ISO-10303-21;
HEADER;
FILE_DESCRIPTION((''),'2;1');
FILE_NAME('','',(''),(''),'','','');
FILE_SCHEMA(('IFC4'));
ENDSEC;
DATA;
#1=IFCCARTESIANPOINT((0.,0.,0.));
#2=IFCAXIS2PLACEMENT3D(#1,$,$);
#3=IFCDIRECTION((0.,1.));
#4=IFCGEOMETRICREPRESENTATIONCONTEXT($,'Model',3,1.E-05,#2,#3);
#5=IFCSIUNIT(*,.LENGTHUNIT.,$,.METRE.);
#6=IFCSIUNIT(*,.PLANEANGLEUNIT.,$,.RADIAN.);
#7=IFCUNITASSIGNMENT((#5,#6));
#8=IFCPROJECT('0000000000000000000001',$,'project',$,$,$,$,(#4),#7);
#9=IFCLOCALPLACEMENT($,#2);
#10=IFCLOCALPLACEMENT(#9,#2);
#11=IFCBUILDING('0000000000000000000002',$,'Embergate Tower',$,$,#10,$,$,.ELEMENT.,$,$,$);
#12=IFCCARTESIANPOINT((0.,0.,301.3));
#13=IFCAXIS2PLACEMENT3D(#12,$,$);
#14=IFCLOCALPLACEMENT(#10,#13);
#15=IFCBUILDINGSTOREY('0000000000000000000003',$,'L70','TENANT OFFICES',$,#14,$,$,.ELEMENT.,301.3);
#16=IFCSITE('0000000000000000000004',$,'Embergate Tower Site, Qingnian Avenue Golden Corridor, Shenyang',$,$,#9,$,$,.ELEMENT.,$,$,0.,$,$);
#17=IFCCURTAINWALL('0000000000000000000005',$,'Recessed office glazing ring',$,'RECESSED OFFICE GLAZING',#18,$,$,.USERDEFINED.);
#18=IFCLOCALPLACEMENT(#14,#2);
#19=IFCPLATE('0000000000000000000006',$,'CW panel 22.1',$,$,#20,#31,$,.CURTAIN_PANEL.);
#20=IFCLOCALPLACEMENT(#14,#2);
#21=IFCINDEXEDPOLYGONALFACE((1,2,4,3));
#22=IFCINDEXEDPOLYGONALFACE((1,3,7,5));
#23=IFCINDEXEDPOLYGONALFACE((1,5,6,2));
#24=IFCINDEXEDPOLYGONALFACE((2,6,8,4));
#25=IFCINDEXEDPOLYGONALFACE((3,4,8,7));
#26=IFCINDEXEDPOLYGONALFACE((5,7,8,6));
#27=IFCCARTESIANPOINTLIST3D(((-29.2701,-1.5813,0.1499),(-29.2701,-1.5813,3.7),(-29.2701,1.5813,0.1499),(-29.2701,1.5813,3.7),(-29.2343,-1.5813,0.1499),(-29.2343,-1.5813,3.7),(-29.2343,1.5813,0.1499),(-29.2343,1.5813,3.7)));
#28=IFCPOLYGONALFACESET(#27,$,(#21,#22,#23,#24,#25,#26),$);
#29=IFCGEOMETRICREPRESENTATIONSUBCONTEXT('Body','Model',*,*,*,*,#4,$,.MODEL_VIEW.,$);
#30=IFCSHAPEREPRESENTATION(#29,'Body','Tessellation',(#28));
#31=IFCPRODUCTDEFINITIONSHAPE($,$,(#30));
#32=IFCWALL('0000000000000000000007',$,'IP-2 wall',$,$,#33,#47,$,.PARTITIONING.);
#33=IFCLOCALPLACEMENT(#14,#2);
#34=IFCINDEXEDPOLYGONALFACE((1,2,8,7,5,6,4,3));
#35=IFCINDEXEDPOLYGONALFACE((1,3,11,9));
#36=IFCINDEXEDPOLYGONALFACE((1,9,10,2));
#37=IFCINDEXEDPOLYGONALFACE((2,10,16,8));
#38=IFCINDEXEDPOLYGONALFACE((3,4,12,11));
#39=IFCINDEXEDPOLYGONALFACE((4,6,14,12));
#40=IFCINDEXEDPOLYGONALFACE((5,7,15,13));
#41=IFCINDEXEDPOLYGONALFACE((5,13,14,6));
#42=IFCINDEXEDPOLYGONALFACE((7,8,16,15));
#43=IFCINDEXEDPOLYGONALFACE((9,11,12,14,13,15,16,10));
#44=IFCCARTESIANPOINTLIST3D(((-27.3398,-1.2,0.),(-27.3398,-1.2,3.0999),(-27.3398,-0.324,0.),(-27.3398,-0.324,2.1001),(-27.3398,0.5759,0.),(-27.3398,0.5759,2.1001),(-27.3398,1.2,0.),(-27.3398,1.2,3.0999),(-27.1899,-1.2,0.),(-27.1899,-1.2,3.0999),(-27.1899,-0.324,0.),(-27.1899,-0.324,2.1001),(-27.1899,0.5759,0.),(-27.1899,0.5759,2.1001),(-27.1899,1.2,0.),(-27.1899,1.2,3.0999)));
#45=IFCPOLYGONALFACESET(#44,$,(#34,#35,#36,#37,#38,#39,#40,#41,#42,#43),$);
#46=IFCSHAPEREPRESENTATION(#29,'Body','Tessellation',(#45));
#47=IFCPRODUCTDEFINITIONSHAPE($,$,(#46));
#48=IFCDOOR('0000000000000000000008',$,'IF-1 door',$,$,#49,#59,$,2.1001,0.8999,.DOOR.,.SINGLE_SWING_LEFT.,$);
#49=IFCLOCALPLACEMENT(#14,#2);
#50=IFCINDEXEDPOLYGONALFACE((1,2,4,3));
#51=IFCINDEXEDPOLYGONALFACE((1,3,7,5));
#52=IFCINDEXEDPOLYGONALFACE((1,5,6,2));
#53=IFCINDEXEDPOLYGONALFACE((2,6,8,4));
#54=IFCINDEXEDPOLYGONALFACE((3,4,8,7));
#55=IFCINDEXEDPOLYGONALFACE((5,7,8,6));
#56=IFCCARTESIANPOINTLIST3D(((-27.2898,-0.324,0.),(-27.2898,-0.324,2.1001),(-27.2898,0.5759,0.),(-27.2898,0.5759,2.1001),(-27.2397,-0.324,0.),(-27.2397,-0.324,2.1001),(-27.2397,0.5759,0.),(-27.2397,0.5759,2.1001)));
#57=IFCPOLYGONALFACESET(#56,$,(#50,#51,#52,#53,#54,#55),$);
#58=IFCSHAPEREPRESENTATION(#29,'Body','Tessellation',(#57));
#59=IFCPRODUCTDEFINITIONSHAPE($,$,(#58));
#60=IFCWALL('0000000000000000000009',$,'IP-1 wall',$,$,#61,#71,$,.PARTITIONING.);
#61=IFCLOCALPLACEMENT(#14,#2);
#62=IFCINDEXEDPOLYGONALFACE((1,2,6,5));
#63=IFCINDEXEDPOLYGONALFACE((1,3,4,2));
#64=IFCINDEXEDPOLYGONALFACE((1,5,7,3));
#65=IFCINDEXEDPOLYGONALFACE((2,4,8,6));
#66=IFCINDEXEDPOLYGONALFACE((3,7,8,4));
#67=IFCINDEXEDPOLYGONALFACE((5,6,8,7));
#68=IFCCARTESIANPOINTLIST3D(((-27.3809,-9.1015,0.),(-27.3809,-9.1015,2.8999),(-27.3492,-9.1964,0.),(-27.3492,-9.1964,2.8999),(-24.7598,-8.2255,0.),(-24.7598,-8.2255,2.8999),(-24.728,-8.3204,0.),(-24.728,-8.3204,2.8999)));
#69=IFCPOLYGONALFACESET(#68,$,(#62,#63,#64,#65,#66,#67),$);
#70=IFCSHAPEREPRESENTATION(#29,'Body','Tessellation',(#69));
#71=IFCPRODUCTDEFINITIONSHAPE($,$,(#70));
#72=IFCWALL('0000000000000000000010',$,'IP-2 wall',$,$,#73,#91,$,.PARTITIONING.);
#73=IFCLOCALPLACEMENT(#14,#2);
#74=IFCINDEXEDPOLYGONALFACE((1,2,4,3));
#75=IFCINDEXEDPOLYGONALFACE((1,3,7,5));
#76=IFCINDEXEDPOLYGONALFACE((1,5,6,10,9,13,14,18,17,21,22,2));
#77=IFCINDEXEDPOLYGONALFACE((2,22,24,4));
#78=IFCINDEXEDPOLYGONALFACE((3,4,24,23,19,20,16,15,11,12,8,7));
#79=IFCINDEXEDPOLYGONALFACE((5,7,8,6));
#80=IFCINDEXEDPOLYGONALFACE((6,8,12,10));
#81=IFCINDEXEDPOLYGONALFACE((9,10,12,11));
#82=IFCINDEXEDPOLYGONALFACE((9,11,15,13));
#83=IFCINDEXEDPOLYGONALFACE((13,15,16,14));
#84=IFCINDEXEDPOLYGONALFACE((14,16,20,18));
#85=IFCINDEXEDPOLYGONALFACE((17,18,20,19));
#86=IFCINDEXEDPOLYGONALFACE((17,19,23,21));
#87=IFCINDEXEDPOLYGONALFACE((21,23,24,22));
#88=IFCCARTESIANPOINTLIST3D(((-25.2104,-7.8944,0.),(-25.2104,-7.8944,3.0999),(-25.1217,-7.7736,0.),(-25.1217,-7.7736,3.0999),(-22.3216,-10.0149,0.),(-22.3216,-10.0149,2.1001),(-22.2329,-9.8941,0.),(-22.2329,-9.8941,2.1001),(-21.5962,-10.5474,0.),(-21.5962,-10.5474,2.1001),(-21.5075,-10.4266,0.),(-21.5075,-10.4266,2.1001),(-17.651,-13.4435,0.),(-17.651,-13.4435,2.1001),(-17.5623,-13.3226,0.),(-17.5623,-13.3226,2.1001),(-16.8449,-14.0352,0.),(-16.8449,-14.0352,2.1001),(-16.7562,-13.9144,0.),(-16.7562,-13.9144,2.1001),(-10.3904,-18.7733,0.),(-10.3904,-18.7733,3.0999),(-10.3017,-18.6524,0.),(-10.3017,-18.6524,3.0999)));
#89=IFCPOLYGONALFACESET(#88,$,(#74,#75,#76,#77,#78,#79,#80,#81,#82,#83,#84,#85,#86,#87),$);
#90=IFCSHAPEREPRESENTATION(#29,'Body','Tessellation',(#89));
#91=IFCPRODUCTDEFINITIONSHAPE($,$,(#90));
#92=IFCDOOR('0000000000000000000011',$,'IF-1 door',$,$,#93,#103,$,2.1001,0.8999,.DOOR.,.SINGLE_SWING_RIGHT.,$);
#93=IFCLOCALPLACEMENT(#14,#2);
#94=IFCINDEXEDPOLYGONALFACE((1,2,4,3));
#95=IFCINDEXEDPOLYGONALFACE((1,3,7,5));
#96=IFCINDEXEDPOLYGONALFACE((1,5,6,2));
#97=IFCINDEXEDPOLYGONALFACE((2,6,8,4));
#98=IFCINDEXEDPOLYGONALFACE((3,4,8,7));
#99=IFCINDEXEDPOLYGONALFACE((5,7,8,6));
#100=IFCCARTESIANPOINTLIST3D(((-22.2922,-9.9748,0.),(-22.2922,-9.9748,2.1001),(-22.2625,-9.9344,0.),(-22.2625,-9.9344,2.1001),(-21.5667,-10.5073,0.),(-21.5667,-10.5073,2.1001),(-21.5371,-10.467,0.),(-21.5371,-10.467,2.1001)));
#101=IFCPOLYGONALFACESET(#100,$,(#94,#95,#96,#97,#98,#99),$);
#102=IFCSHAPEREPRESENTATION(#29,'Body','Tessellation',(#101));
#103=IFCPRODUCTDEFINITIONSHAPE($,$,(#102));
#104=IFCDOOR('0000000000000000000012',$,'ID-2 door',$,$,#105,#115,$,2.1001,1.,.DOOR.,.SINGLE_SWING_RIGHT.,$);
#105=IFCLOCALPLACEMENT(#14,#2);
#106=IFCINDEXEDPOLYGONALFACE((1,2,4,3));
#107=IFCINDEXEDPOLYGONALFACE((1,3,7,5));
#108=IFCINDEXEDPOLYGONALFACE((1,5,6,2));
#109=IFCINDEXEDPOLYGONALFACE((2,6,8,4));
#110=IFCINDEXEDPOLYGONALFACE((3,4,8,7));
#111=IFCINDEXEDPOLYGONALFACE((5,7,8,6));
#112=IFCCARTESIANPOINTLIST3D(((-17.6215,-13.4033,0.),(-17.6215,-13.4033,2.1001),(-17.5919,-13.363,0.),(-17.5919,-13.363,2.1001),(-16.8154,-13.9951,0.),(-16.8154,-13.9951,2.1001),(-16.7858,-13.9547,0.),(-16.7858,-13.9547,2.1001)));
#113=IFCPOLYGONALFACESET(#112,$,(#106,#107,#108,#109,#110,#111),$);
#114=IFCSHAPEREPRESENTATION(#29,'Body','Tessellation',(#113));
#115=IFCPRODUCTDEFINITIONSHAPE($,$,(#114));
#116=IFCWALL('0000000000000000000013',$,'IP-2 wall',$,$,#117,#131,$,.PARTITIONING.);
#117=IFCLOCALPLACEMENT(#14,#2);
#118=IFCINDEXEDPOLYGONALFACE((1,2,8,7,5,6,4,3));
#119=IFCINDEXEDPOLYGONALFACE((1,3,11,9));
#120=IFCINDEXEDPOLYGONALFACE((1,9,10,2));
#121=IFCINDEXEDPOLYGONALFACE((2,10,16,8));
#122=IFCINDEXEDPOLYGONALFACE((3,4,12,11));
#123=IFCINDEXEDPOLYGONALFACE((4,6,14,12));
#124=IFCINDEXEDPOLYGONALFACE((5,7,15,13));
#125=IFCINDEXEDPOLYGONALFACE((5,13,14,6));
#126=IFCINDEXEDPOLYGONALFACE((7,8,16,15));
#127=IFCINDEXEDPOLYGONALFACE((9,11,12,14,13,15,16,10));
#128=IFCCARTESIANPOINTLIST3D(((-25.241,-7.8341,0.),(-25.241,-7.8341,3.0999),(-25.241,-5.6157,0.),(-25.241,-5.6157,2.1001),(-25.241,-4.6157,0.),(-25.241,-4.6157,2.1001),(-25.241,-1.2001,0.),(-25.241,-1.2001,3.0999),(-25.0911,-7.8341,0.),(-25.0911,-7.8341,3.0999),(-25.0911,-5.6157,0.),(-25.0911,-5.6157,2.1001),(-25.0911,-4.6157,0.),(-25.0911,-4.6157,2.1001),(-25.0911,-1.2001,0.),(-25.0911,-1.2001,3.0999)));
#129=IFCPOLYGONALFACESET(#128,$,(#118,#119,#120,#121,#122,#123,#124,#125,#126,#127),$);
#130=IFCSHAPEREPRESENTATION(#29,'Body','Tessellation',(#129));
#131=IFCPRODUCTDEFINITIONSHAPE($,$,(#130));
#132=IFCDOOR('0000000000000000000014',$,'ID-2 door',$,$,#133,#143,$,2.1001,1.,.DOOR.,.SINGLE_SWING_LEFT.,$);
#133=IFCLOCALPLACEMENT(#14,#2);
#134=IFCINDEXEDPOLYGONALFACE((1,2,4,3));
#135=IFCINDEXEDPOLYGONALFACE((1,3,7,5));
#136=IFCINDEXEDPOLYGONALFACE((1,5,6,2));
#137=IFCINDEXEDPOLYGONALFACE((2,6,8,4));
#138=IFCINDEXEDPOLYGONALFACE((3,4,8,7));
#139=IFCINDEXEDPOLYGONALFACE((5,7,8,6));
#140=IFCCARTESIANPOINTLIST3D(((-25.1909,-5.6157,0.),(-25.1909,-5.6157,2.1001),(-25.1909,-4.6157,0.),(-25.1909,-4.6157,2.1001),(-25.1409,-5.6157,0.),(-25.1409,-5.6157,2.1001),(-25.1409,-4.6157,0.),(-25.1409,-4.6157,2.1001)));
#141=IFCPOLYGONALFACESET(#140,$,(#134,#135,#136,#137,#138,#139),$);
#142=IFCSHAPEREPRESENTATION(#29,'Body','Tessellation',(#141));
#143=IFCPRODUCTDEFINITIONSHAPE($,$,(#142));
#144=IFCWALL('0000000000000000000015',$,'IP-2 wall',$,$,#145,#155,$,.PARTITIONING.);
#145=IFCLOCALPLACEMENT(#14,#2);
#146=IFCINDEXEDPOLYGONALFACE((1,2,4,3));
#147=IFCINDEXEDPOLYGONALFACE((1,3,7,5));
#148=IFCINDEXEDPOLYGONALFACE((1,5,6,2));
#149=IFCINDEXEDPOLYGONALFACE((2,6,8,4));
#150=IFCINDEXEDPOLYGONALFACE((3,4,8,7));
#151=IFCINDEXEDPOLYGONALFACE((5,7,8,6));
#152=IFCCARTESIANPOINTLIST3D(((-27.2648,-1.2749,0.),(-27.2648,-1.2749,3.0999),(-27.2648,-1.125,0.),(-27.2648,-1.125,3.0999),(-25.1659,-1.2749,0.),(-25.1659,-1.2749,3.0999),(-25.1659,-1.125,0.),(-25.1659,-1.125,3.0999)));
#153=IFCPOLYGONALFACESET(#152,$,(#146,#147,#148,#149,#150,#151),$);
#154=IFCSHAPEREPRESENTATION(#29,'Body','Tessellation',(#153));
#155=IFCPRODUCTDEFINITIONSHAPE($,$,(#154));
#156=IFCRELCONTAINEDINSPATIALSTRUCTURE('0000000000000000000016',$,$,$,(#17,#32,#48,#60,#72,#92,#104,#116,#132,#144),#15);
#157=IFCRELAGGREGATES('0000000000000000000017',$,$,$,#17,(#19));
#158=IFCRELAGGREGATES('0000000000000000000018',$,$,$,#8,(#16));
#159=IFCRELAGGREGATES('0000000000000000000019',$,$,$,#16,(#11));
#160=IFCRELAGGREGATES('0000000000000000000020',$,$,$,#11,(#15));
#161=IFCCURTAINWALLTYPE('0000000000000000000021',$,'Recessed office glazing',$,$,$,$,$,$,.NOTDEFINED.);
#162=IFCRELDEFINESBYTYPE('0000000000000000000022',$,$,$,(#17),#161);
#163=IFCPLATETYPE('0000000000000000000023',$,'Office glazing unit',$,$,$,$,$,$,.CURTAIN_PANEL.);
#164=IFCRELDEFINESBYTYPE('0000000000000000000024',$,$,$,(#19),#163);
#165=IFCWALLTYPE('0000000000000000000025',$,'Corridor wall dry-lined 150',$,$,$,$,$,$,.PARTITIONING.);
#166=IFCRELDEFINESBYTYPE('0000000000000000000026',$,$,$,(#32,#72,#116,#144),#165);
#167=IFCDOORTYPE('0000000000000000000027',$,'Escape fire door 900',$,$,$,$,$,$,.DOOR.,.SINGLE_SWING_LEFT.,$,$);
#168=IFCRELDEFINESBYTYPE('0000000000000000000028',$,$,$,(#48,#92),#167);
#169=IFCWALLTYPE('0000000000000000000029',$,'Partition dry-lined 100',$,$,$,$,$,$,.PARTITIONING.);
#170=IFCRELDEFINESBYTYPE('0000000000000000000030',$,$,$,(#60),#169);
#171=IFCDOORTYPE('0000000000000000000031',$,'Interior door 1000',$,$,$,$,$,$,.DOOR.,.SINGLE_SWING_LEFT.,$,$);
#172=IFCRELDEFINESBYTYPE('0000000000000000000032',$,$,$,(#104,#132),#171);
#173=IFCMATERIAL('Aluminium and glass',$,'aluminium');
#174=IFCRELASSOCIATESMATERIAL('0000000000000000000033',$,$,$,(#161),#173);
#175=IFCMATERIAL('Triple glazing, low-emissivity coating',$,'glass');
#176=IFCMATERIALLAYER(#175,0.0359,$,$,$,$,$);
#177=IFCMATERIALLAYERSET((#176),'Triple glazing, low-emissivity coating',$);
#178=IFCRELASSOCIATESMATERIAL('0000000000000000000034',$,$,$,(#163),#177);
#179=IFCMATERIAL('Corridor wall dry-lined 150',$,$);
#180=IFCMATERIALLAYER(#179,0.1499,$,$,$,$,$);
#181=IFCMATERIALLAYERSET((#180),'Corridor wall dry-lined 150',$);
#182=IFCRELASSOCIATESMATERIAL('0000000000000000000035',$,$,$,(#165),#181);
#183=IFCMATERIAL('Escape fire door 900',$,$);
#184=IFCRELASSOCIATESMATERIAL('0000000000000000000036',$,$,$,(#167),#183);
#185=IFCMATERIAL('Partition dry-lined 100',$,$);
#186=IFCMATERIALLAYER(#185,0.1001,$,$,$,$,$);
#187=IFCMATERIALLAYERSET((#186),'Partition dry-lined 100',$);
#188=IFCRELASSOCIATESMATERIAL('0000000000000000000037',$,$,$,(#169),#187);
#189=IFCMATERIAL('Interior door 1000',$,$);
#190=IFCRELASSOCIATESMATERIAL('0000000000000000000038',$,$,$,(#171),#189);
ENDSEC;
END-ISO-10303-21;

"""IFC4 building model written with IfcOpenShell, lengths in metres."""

from ifc_helpers import new_model, si_unit, direction, frame, frame_2d, origin, origin_2d, place, context, subcontext, project, spatial, rectangle, extrude, source, transform, mapped, material, layer, layer_set, type_object, element, fill, aggregate, save


model = new_model("IFC4")

# Units and contexts
model_context = context("Model", 3, precision=1e-05, world=origin(), true_north=direction((0.0, 1.0)))
body_context = subcontext(model_context, "Body", "Model", "MODEL_VIEW")
ifc_project = project(units=[si_unit("LENGTHUNIT", "METRE"), si_unit("PLANEANGLEUNIT", "RADIAN")], contexts=[model_context])

# Site, building, storey
site_placement = place(None, origin())
site = spatial("IfcSite", under=ifc_project, at=site_placement, Name="Embergate Tower Site, Qingnian Avenue Golden Corridor, Shenyang", CompositionType="ELEMENT", RefElevation=0.0)
building_placement = place(site_placement, origin())
building = spatial("IfcBuilding", under=site, at=building_placement, Name="Embergate Tower", CompositionType="ELEMENT")
storey_placement = place(building_placement, frame((0.0, 0.0, 301.3)))
storey = spatial("IfcBuildingStorey", under=building, at=storey_placement, Name="L70", Description="TENANT OFFICES", CompositionType="ELEMENT", Elevation=301.3)

# Curtain wall, plate
ifc_material_1 = material(Name="Aluminium and glass", Category="aluminium")
curtain_wall_type = type_object("IfcCurtainWallType", Name="Recessed office glazing", PredefinedType="NOTDEFINED", material=ifc_material_1)
curtain_wall_placement = place(storey_placement, origin())
curtain_wall = element("IfcCurtainWall", 1, at=curtain_wall_placement, inside=storey, type_object=curtain_wall_type, Name="Recessed office glazing ring", ObjectType="RECESSED OFFICE GLAZING", PredefinedType="USERDEFINED")
ifc_material_2 = material(Name="Triple glazing, low-emissivity coating", Category="glass")
ifc_layer_1 = layer(ifc_material_2, 0.0359)
ifc_layer_set_1 = layer_set([ifc_layer_1], Name="Triple glazing, low-emissivity coating")
plate_type = type_object("IfcPlateType", Name="Office glazing unit", PredefinedType="CURTAIN_PANEL", material=ifc_layer_set_1)
shared_shape_1 = source(origin(), body_context, "Body", "SweptSolid", [
    extrude(rectangle(XDim=3.1626, YDim=0.0359, at=origin_2d()), origin(), (0.0, 0.0, 1.0), 3.55),
])
plate_1_placement = place(storey_placement, frame((-29.2522, 0.0, 0.1499), z_axis=(0.0, 0.0, 1.0), x_axis=(0.0, -1.0, 0.0)))
plate_1 = element("IfcPlate", 2, at=plate_1_placement, type_object=plate_type, Name="CW panel 22.1", PredefinedType="CURTAIN_PANEL", context=body_context, shape_type="MappedRepresentation", body=[
    mapped(shared_shape_1, transform((0.0, 0.0, 0.0))),
])
aggregate(curtain_wall, [plate_1])

# Wall, opening, door
ifc_material_3 = material(Name="Corridor wall dry-lined 150")
ifc_layer_2 = layer(ifc_material_3, 0.1499)
ifc_layer_set_2 = layer_set([ifc_layer_2], Name="Corridor wall dry-lined 150")
wall_type_1 = type_object("IfcWallType", Name="Corridor wall dry-lined 150", PredefinedType="PARTITIONING", material=ifc_layer_set_2)
shared_shape_2 = source(origin(), body_context, "Body", "SweptSolid", [
    extrude(rectangle(XDim=2.3999, YDim=0.1499, at=frame_2d((1.2, 0.0))), origin(), (0.0, 0.0, 1.0), 3.0999),
])
wall_1_placement = place(storey_placement, frame((-27.2649, -1.2, 0.0), z_axis=(0.0, 0.0, 1.0), x_axis=(0.0, 1.0, 0.0)))
wall_1 = element("IfcWall", 3, at=wall_1_placement, inside=storey, type_object=wall_type_1, Name="IP-2 wall", PredefinedType="PARTITIONING", context=body_context, shape_type="MappedRepresentation", body=[
    mapped(shared_shape_2, transform((0.0, 0.0, 0.0))),
])
shared_shape_3 = source(origin(), body_context, "Body", "SweptSolid", [
    extrude(rectangle(XDim=0.8999, YDim=2.1001, at=frame_2d((0.45, 1.05))), frame((0.0, 0.085, 0.0), z_axis=(0.0, -1.0, 0.0), x_axis=(1.0, 0.0, 0.0)), (0.0, 0.0, 1.0), 0.1699),
])
opening_1_placement = place(wall_1_placement, frame((0.876, 0.0, 0.0)))
opening_1 = element("IfcOpeningElement", 4, at=opening_1_placement, cuts=wall_1, PredefinedType="OPENING", context=body_context, shape_type="MappedRepresentation", body=[
    mapped(shared_shape_3, transform((0.0, 0.0, 0.0))),
])
ifc_material_4 = material(Name="Escape fire door 900")
door_type_1 = type_object("IfcDoorType", Name="Escape fire door 900", OperationType="SINGLE_SWING_LEFT", PredefinedType="DOOR", material=ifc_material_4)
shared_shape_4 = source(origin(), body_context, "Body", "SweptSolid", [
    extrude(rectangle(XDim=0.8999, YDim=2.1001, at=frame_2d((0.45, 1.05))), frame((0.0, 0.0249, 0.0), z_axis=(0.0, -1.0, 0.0), x_axis=(1.0, 0.0, 0.0)), (0.0, 0.0, 1.0), 0.05),
])
door_1_placement = place(opening_1_placement, origin())
door_1 = element("IfcDoor", 5, at=door_1_placement, inside=storey, type_object=door_type_1, Name="IF-1 door", OperationType="SINGLE_SWING_LEFT", OverallHeight=2.1001, OverallWidth=0.8999, PredefinedType="DOOR", context=body_context, shape_type="MappedRepresentation", body=[
    mapped(shared_shape_4, transform((0.0, 0.0, 0.0))),
])
fill(opening_1, door_1)

# Wall
ifc_material_5 = material(Name="Partition dry-lined 100")
ifc_layer_3 = layer(ifc_material_5, 0.1001)
ifc_layer_set_3 = layer_set([ifc_layer_3], Name="Partition dry-lined 100")
wall_type_2 = type_object("IfcWallType", Name="Partition dry-lined 100", PredefinedType="PARTITIONING", material=ifc_layer_set_3)
shared_shape_5 = source(origin(), body_context, "Body", "SweptSolid", [
    extrude(rectangle(XDim=2.7637, YDim=0.1001, at=frame_2d((1.3818, 0.0))), origin(), (0.0, 0.0, 1.0), 2.8999),
])
wall_2_placement = place(storey_placement, frame((-24.7439, -8.2729, 0.0), z_axis=(0.0, 0.0, 1.0), x_axis=(-0.948436, -0.31697, 0.0)))
element("IfcWall", 6, at=wall_2_placement, inside=storey, type_object=wall_type_2, Name="IP-1 wall", PredefinedType="PARTITIONING", context=body_context, shape_type="MappedRepresentation", body=[
    mapped(shared_shape_5, transform((0.0, 0.0, 0.0))),
])

# Wall, openings, doors
shared_shape_6 = source(origin(), body_context, "Body", "SweptSolid", [
    extrude(rectangle(XDim=18.3843, YDim=0.1499, at=frame_2d((9.1921, 0.0))), origin(), (0.0, 0.0, 1.0), 3.0999),
])
wall_3_placement = place(storey_placement, frame((-25.166, -7.834, 0.0), z_axis=(0.0, 0.0, 1.0), x_axis=(0.806123, -0.591748, 0.0)))
wall_3 = element("IfcWall", 7, at=wall_3_placement, inside=storey, type_object=wall_type_1, Name="IP-2 wall", PredefinedType="PARTITIONING", context=body_context, shape_type="MappedRepresentation", body=[
    mapped(shared_shape_6, transform((0.0, 0.0, 0.0))),
])
opening_2_placement = place(wall_3_placement, frame((3.5835, 0.0, 0.0)))
opening_2 = element("IfcOpeningElement", 8, at=opening_2_placement, cuts=wall_3, PredefinedType="OPENING", context=body_context, shape_type="MappedRepresentation", body=[
    mapped(shared_shape_3, transform((0.0, 0.0, 0.0))),
])
shared_shape_7 = source(origin(), body_context, "Body", "SweptSolid", [
    extrude(rectangle(XDim=1.0, YDim=2.1001, at=frame_2d((0.5, 1.05))), frame((0.0, 0.085, 0.0), z_axis=(0.0, -1.0, 0.0), x_axis=(1.0, 0.0, 0.0)), (0.0, 0.0, 1.0), 0.1699),
])
opening_3_placement = place(wall_3_placement, frame((9.3774, 0.0, 0.0)))
opening_3 = element("IfcOpeningElement", 9, at=opening_3_placement, cuts=wall_3, PredefinedType="OPENING", context=body_context, shape_type="MappedRepresentation", body=[
    mapped(shared_shape_7, transform((0.0, 0.0, 0.0))),
])
door_2_placement = place(opening_2_placement, origin())
door_2 = element("IfcDoor", 10, at=door_2_placement, inside=storey, type_object=door_type_1, Name="IF-1 door", OperationType="SINGLE_SWING_RIGHT", OverallHeight=2.1001, OverallWidth=0.8999, PredefinedType="DOOR", context=body_context, shape_type="MappedRepresentation", body=[
    mapped(shared_shape_4, transform((0.0, 0.0, 0.0))),
])
fill(opening_2, door_2)
ifc_material_6 = material(Name="Interior door 1000")
door_type_2 = type_object("IfcDoorType", Name="Interior door 1000", OperationType="SINGLE_SWING_LEFT", PredefinedType="DOOR", material=ifc_material_6)
shared_shape_8 = source(origin(), body_context, "Body", "SweptSolid", [
    extrude(rectangle(XDim=1.0, YDim=2.1001, at=frame_2d((0.5, 1.05))), frame((0.0, 0.0249, 0.0), z_axis=(0.0, -1.0, 0.0), x_axis=(1.0, 0.0, 0.0)), (0.0, 0.0, 1.0), 0.05),
])
door_3_placement = place(opening_3_placement, origin())
door_3 = element("IfcDoor", 11, at=door_3_placement, inside=storey, type_object=door_type_2, Name="ID-2 door", OperationType="SINGLE_SWING_RIGHT", OverallHeight=2.1001, OverallWidth=1.0, PredefinedType="DOOR", context=body_context, shape_type="MappedRepresentation", body=[
    mapped(shared_shape_8, transform((0.0, 0.0, 0.0))),
])
fill(opening_3, door_3)

# Wall, opening, door
shared_shape_9 = source(origin(), body_context, "Body", "SweptSolid", [
    extrude(rectangle(XDim=6.634, YDim=0.1499, at=frame_2d((3.3169, 0.0))), origin(), (0.0, 0.0, 1.0), 3.0999),
])
wall_4_placement = place(storey_placement, frame((-25.166, -7.834, 0.0), z_axis=(0.0, 0.0, 1.0), x_axis=(0.0, 1.0, 0.0)))
wall_4 = element("IfcWall", 12, at=wall_4_placement, inside=storey, type_object=wall_type_1, Name="IP-2 wall", PredefinedType="PARTITIONING", context=body_context, shape_type="MappedRepresentation", body=[
    mapped(shared_shape_9, transform((0.0, 0.0, 0.0))),
])
opening_4_placement = place(wall_4_placement, frame((2.2183, 0.0, 0.0)))
opening_4 = element("IfcOpeningElement", 13, at=opening_4_placement, cuts=wall_4, PredefinedType="OPENING", context=body_context, shape_type="MappedRepresentation", body=[
    mapped(shared_shape_7, transform((0.0, 0.0, 0.0))),
])
door_4_placement = place(opening_4_placement, origin())
door_4 = element("IfcDoor", 14, at=door_4_placement, inside=storey, type_object=door_type_2, Name="ID-2 door", OperationType="SINGLE_SWING_LEFT", OverallHeight=2.1001, OverallWidth=1.0, PredefinedType="DOOR", context=body_context, shape_type="MappedRepresentation", body=[
    mapped(shared_shape_8, transform((0.0, 0.0, 0.0))),
])
fill(opening_4, door_4)

# Wall
shared_shape_10 = source(origin(), body_context, "Body", "SweptSolid", [
    extrude(rectangle(XDim=2.0989, YDim=0.1499, at=frame_2d((1.0493, 0.0))), origin(), (0.0, 0.0, 1.0), 3.0999),
])
wall_5_placement = place(storey_placement, frame((-25.166, -1.2, 0.0), z_axis=(0.0, 0.0, 1.0), x_axis=(-1.0, 0.0, 0.0)))
element("IfcWall", 15, at=wall_5_placement, inside=storey, type_object=wall_type_1, Name="IP-2 wall", PredefinedType="PARTITIONING", context=body_context, shape_type="MappedRepresentation", body=[
    mapped(shared_shape_10, transform((0.0, 0.0, 0.0))),
])

save(model, "model.ifc")
